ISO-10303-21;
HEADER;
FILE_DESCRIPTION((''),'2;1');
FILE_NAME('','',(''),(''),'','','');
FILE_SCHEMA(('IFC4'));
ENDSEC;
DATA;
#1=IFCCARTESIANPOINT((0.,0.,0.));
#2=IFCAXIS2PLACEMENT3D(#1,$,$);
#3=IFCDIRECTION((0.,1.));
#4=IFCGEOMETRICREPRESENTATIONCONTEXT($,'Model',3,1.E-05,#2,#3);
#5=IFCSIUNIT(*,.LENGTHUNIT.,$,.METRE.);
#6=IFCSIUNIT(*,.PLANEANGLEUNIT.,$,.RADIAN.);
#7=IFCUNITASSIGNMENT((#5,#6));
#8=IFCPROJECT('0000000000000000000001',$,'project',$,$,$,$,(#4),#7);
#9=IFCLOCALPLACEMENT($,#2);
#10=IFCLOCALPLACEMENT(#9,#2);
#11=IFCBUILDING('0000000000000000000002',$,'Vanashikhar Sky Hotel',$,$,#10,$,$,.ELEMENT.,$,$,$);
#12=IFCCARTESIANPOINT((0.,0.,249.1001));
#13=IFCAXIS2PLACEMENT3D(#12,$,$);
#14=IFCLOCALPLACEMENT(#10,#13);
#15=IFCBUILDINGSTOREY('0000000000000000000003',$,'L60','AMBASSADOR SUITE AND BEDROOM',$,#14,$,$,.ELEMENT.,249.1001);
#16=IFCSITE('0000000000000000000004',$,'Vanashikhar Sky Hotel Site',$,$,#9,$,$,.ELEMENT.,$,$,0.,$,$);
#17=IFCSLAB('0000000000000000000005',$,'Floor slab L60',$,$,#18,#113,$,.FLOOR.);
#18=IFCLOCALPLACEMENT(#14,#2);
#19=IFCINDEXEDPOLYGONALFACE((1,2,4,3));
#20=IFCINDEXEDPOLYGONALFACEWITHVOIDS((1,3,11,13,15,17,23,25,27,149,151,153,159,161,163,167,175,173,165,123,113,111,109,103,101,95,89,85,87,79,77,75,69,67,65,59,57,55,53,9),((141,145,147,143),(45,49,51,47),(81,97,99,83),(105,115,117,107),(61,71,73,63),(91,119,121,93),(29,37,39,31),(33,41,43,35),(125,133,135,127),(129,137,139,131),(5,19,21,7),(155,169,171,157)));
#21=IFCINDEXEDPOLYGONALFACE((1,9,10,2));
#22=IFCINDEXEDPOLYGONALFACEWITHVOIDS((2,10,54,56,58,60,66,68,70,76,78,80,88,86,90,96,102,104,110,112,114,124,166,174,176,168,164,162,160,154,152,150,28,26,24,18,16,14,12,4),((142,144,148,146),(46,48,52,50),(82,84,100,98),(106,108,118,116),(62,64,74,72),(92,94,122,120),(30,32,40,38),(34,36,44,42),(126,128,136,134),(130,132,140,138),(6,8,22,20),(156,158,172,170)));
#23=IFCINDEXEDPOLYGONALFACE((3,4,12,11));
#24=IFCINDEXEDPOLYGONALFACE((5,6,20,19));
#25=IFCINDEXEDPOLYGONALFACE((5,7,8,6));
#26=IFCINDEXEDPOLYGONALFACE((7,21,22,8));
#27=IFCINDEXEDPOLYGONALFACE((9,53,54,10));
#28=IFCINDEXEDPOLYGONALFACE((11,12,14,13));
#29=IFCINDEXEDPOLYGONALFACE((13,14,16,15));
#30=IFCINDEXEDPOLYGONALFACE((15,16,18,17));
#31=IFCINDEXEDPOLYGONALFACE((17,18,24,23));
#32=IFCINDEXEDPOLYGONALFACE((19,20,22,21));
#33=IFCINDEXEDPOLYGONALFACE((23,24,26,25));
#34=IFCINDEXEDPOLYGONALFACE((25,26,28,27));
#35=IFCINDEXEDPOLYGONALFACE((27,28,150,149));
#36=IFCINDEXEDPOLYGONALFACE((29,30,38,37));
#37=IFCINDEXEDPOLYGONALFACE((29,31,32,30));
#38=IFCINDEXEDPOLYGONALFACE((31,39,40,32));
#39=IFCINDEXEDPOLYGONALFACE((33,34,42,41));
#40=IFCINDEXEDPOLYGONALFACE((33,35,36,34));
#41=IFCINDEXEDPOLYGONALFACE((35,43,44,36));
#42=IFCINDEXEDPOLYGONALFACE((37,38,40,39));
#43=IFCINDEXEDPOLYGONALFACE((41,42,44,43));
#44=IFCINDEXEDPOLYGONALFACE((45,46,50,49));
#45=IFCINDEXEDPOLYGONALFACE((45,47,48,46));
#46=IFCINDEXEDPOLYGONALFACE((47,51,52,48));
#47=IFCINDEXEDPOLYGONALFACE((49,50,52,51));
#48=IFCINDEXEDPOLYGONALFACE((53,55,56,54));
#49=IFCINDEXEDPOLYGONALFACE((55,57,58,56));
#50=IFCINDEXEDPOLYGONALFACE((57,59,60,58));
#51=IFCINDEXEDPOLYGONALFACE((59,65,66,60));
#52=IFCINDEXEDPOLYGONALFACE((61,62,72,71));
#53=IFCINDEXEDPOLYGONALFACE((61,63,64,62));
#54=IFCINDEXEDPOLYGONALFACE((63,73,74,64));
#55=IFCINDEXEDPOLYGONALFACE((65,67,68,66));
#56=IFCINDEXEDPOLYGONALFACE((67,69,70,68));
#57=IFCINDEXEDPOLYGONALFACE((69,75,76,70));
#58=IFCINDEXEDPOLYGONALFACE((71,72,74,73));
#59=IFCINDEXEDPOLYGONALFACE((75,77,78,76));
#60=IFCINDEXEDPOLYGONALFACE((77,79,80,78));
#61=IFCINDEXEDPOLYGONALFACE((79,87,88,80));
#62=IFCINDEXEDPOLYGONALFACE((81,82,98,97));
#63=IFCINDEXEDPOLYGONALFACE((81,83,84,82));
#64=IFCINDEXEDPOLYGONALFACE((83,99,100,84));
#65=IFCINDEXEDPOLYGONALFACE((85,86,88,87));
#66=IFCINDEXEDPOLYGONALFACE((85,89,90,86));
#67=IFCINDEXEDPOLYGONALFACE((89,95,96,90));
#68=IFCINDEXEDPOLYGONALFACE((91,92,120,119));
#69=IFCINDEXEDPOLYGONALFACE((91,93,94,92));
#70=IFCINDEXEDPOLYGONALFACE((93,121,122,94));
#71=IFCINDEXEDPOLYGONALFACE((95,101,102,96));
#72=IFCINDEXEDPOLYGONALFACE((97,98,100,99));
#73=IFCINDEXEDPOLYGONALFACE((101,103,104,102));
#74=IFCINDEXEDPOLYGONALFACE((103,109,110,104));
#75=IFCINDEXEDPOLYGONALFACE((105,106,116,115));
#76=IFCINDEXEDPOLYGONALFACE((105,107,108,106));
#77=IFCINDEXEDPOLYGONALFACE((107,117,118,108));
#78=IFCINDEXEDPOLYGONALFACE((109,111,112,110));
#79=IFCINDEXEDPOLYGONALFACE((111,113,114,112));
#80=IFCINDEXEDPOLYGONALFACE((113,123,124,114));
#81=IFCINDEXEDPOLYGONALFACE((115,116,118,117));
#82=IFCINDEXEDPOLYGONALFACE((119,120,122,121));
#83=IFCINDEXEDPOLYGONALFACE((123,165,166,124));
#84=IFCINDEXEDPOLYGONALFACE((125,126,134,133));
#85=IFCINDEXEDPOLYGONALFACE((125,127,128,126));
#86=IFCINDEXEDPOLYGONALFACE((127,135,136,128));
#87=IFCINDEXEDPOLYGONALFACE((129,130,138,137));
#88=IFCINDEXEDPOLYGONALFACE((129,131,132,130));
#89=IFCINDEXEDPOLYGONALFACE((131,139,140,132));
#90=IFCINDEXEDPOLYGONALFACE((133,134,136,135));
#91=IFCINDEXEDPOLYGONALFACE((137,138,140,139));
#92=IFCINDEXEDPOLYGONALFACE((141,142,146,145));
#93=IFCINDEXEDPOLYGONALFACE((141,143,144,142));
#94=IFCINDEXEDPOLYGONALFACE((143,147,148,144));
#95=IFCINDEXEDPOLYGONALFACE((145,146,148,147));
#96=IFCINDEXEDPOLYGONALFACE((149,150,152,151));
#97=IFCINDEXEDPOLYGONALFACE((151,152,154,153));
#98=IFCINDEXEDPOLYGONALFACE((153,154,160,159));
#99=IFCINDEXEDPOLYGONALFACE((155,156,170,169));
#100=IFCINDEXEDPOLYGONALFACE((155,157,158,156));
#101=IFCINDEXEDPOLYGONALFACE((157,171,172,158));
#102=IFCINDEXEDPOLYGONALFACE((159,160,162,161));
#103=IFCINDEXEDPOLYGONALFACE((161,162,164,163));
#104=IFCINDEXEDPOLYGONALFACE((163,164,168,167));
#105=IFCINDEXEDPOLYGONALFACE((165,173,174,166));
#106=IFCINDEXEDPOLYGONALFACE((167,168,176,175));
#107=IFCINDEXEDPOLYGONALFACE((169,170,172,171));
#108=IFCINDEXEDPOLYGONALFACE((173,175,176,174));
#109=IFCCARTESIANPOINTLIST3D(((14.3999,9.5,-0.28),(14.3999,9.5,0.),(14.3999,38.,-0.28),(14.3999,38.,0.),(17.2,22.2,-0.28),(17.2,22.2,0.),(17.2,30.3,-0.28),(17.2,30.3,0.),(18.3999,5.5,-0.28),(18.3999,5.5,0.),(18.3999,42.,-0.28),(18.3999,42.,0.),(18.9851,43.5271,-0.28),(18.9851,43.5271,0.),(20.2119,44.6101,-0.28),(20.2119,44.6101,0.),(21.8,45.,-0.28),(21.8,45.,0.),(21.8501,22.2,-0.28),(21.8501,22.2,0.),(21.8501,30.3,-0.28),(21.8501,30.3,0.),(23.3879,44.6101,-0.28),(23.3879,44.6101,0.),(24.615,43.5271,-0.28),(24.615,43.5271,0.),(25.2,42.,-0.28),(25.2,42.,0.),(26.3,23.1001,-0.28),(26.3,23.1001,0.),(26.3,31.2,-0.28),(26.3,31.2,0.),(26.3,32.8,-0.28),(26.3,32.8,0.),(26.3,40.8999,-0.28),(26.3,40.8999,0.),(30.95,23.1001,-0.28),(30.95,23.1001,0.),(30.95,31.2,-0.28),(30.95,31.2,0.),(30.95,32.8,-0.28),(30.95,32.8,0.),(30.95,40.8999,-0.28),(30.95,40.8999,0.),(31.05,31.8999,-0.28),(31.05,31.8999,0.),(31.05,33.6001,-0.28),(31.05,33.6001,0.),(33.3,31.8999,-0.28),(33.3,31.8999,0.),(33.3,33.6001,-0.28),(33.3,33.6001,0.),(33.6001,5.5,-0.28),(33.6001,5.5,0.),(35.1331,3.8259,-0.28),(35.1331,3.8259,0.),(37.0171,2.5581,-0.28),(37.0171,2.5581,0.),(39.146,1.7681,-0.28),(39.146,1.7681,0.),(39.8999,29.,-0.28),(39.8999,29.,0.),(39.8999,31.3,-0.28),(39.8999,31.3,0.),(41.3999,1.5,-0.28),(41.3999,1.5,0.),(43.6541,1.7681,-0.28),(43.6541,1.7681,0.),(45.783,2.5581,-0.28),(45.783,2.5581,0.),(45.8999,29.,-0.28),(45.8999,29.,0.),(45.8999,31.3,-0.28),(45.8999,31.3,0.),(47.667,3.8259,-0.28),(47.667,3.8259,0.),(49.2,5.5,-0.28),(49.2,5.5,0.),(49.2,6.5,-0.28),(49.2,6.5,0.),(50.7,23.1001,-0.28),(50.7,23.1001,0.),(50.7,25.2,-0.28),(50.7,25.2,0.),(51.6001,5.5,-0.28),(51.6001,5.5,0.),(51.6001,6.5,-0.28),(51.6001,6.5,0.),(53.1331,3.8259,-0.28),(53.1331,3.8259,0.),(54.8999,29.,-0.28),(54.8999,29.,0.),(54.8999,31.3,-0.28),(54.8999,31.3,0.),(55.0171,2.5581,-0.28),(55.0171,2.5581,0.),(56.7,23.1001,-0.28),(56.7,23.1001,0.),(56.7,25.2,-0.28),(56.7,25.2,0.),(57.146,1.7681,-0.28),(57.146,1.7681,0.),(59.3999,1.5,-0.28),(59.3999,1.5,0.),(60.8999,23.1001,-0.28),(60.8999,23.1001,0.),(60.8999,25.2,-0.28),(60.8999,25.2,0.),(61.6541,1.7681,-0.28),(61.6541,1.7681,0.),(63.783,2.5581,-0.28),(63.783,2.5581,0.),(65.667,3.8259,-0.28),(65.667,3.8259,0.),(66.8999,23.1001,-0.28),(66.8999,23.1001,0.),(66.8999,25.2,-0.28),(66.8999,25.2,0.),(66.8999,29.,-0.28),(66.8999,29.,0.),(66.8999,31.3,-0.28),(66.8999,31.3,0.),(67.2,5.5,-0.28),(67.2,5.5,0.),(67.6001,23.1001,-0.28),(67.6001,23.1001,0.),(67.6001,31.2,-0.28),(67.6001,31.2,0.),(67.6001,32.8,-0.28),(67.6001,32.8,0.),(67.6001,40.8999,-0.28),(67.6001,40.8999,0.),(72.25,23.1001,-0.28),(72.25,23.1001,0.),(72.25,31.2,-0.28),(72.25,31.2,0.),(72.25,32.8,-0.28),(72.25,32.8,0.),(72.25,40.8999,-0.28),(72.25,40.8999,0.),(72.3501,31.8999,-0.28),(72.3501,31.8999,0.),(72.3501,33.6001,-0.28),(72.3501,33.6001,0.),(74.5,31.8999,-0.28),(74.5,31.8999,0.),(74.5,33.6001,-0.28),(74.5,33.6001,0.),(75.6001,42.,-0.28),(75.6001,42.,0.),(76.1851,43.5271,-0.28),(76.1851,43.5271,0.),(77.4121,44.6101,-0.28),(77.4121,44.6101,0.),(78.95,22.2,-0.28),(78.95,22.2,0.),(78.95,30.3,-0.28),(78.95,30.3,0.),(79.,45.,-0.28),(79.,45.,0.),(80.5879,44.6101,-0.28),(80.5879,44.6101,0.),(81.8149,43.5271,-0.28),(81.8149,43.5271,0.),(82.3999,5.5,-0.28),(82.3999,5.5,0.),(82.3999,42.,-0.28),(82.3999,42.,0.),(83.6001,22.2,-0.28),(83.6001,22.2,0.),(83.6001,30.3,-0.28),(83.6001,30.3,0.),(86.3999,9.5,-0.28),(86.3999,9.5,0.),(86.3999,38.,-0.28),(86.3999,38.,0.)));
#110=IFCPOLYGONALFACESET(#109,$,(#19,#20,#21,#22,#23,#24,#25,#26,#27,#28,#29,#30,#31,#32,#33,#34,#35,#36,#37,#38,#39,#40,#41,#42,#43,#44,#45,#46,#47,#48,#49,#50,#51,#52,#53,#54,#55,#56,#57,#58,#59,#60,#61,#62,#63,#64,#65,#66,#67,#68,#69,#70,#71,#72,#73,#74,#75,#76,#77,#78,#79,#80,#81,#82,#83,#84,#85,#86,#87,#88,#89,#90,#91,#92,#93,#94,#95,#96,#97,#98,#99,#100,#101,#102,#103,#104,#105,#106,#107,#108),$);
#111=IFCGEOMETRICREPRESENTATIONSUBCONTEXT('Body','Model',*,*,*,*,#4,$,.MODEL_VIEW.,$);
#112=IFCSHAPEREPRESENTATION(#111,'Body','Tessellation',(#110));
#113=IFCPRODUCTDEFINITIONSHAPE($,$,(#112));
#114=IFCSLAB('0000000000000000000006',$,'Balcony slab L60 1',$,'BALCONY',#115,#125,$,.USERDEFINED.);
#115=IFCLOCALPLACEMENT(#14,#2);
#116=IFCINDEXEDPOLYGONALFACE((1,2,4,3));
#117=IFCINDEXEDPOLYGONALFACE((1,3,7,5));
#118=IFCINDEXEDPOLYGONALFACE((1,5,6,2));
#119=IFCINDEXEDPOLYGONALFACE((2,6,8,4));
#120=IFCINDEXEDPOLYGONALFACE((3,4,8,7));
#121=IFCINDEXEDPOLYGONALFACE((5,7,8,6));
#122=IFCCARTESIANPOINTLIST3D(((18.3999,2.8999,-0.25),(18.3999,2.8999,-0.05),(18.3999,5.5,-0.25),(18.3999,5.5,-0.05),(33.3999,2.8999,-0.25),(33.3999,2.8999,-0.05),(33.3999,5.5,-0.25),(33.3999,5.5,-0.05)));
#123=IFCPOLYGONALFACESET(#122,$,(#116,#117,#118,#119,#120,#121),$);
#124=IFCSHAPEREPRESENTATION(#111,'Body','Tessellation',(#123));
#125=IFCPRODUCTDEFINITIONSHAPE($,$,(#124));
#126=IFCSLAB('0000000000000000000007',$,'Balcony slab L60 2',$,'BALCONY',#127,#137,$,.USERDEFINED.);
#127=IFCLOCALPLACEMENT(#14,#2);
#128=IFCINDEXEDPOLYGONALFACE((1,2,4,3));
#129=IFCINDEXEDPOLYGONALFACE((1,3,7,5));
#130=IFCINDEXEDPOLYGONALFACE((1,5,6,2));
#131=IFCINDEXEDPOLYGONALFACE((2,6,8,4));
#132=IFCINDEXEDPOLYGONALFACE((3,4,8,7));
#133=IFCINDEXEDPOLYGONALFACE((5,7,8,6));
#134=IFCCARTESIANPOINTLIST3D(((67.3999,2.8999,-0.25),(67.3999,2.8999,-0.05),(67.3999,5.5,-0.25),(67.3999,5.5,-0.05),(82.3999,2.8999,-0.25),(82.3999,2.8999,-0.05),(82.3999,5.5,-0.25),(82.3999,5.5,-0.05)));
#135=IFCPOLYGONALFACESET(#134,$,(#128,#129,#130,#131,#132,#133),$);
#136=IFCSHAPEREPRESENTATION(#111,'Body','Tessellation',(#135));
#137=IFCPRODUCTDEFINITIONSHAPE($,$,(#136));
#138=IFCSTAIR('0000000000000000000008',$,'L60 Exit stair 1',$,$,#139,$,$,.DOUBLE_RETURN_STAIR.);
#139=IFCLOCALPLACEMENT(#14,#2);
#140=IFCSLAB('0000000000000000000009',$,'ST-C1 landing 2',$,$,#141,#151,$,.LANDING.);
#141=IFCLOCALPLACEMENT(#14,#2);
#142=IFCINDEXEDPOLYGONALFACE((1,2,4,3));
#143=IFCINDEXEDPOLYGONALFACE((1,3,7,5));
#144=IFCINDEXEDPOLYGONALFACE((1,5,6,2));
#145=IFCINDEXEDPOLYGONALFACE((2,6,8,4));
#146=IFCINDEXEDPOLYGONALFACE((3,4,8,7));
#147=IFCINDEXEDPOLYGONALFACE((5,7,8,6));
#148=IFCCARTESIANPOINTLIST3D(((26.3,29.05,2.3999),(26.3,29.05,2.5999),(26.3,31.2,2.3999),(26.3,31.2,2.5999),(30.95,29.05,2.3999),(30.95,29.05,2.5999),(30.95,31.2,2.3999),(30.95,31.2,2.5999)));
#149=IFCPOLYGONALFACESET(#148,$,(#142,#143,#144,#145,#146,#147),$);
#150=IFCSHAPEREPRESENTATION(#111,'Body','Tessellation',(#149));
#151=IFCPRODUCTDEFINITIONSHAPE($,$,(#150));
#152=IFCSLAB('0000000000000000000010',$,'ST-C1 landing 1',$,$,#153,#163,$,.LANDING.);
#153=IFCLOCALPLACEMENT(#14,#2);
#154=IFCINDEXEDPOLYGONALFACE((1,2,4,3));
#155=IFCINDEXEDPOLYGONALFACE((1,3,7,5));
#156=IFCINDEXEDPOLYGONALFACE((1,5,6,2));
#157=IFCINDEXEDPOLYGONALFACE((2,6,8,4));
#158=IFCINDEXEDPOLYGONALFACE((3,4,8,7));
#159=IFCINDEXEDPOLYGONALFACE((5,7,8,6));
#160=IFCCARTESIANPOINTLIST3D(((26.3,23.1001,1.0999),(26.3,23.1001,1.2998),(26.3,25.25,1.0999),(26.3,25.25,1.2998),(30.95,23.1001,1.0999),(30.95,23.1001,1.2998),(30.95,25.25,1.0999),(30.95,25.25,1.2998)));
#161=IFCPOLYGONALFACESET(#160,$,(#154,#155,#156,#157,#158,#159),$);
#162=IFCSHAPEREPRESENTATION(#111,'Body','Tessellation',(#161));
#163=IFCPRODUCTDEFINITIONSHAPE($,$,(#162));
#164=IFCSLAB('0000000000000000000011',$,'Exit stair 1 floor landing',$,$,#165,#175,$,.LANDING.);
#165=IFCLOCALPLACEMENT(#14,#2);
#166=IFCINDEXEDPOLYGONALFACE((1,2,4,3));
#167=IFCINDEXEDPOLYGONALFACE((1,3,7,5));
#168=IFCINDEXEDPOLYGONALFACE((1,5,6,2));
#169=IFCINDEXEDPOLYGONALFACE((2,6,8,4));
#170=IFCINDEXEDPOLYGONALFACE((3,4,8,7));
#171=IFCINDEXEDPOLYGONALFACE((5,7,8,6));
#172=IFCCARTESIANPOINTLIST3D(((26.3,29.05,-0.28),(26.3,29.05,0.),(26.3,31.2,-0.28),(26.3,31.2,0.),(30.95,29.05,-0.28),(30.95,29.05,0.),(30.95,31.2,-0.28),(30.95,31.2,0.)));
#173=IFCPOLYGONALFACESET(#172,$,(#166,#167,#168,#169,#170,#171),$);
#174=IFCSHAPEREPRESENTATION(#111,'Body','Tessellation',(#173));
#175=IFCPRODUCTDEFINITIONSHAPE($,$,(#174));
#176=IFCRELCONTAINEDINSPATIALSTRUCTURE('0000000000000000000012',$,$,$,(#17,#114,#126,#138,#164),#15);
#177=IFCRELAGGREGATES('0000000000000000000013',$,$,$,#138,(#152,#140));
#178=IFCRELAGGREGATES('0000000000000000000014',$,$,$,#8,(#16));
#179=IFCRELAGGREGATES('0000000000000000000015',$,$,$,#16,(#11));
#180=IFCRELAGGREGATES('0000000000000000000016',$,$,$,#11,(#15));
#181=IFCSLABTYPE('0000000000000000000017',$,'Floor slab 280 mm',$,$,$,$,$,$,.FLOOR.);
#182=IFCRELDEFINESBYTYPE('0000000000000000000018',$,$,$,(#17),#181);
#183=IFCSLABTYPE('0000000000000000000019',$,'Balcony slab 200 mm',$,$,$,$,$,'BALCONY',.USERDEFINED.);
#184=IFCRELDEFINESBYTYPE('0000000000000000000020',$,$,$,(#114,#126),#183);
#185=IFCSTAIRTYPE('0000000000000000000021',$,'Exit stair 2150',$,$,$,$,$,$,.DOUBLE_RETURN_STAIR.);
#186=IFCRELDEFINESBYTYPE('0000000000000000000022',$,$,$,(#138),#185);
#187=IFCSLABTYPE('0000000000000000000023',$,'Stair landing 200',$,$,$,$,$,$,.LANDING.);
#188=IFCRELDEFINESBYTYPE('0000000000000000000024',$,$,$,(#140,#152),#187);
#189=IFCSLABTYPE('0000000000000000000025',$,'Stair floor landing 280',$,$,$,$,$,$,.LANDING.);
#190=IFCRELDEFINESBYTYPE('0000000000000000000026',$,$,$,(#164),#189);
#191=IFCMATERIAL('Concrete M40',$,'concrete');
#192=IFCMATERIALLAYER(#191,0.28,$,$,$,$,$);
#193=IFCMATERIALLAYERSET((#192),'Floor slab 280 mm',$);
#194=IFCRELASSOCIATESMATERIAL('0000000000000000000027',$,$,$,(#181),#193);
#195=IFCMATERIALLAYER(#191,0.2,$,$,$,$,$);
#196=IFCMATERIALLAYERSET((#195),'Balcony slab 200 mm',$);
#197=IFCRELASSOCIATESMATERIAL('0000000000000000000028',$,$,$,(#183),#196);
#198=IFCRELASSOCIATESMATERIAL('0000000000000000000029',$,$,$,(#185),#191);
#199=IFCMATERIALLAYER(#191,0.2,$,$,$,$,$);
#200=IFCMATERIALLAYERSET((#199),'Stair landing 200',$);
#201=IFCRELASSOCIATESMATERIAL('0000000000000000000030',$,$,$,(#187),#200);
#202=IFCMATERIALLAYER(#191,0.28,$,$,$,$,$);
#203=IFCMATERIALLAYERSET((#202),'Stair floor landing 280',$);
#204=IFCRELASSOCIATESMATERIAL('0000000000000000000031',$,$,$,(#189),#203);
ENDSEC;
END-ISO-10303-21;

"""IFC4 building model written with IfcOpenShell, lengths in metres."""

from ifc_helpers import new_model, si_unit, direction, frame, origin, place, context, subcontext, project, spatial, polyline, outline, extrude, source, transform, mapped, material, layer, layer_set, type_object, element, aggregate, save


model = new_model("IFC4")

# Units and contexts
model_context = context("Model", 3, precision=1e-05, world=origin(), true_north=direction((0.0, 1.0)))
body_context = subcontext(model_context, "Body", "Model", "MODEL_VIEW")
ifc_project = project(units=[si_unit("LENGTHUNIT", "METRE"), si_unit("PLANEANGLEUNIT", "RADIAN")], contexts=[model_context])

# Site, building, storey
site_placement = place(None, origin())
site = spatial("IfcSite", under=ifc_project, at=site_placement, Name="Vanashikhar Sky Hotel Site", CompositionType="ELEMENT", RefElevation=0.0)
building_placement = place(site_placement, origin())
building = spatial("IfcBuilding", under=site, at=building_placement, Name="Vanashikhar Sky Hotel", CompositionType="ELEMENT")
storey_placement = place(building_placement, frame((0.0, 0.0, 249.1001)))
storey = spatial("IfcBuildingStorey", under=building, at=storey_placement, Name="L60", Description="AMBASSADOR SUITE AND BEDROOM", CompositionType="ELEMENT", Elevation=249.1001)

# Slabs
ifc_material = material(Name="Concrete M40", Category="concrete")
ifc_layer_1 = layer(ifc_material, 0.28)
ifc_layer_set_1 = layer_set([ifc_layer_1], Name="Floor slab 280 mm")
slab_type_1 = type_object("IfcSlabType", Name="Floor slab 280 mm", PredefinedType="FLOOR", material=ifc_layer_set_1)
shared_shape_1 = source(origin(), body_context, "Body", "SweptSolid", [
    extrude(outline(polyline([(49.2, 5.5), (49.2, 6.5), (51.6001, 6.5), (51.6001, 5.5), (53.1331, 3.8259), (55.0171, 2.5581), (57.146, 1.7681), (59.3999, 1.5), (61.6541, 1.7681), (63.783, 2.5581), (65.667, 3.8259), (67.2, 5.5), (82.3999, 5.5), (86.3999, 9.5), (86.3999, 38.0), (82.3999, 42.0), (81.8149, 43.5271), (80.5879, 44.6101), (79.0, 45.0), (77.4121, 44.6101), (76.1851, 43.5271), (75.6001, 42.0), (25.2, 42.0), (24.615, 43.5271), (23.3879, 44.6101), (21.8, 45.0), (20.2119, 44.6101), (18.9851, 43.5271), (18.3999, 42.0), (14.3999, 38.0), (14.3999, 9.5), (18.3999, 5.5), (33.6001, 5.5), (35.1331, 3.8259), (37.0171, 2.5581), (39.146, 1.7681), (41.3999, 1.5), (43.6541, 1.7681), (45.783, 2.5581), (47.667, 3.8259), (49.2, 5.5)]), holes=[polyline([(33.3, 33.6001), (31.05, 33.6001), (31.05, 31.8999), (33.3, 31.8999), (33.3, 33.6001)]), polyline([(39.8999, 31.3), (39.8999, 29.0), (45.8999, 29.0), (45.8999, 31.3), (39.8999, 31.3)]), polyline([(50.7, 25.2), (50.7, 23.1001), (56.7, 23.1001), (56.7, 25.2), (50.7, 25.2)]), polyline([(66.8999, 29.0), (66.8999, 31.3), (54.8999, 31.3), (54.8999, 29.0), (66.8999, 29.0)]), polyline([(60.8999, 25.2), (60.8999, 23.1001), (66.8999, 23.1001), (66.8999, 25.2), (60.8999, 25.2)]), polyline([(74.5, 33.6001), (72.3501, 33.6001), (72.3501, 31.8999), (74.5, 31.8999), (74.5, 33.6001)]), polyline([(30.95, 23.1001), (30.95, 31.2), (26.3, 31.2), (26.3, 23.1001), (30.95, 23.1001)]), polyline([(72.25, 23.1001), (72.25, 31.2), (67.6001, 31.2), (67.6001, 23.1001), (72.25, 23.1001)]), polyline([(30.95, 32.8), (30.95, 40.8999), (26.3, 40.8999), (26.3, 32.8), (30.95, 32.8)]), polyline([(72.25, 32.8), (72.25, 40.8999), (67.6001, 40.8999), (67.6001, 32.8), (72.25, 32.8)]), polyline([(83.6001, 22.2), (83.6001, 30.3), (78.95, 30.3), (78.95, 22.2), (83.6001, 22.2)]), polyline([(21.8501, 22.2), (21.8501, 30.3), (17.2, 30.3), (17.2, 22.2), (21.8501, 22.2)])]), origin(), (0.0, 0.0, 1.0), 0.28),
])
slab_1_placement = place(storey_placement, frame((0.0, 0.0, -0.28)))
element("IfcSlab", 1, at=slab_1_placement, inside=storey, type_object=slab_type_1, Name="Floor slab L60", PredefinedType="FLOOR", context=body_context, shape_type="MappedRepresentation", body=[
    mapped(shared_shape_1, transform((0.0, 0.0, 0.0), scale=1.0)),
])
ifc_layer_2 = layer(ifc_material, 0.2)
ifc_layer_set_2 = layer_set([ifc_layer_2], Name="Balcony slab 200 mm")
slab_type_2 = type_object("IfcSlabType", Name="Balcony slab 200 mm", ElementType="BALCONY", PredefinedType="USERDEFINED", material=ifc_layer_set_2)
shared_shape_2 = source(origin(), body_context, "Body", "SweptSolid", [
    extrude(outline(polyline([(18.3999, 2.8999), (33.3999, 2.8999), (33.3999, 5.5), (18.3999, 5.5), (18.3999, 2.8999)])), origin(), (0.0, 0.0, 1.0), 0.2),
])
slab_2_placement = place(storey_placement, frame((0.0, 0.0, -0.25)))
element("IfcSlab", 2, at=slab_2_placement, inside=storey, type_object=slab_type_2, Name="Balcony slab L60 1", ObjectType="BALCONY", PredefinedType="USERDEFINED", context=body_context, shape_type="MappedRepresentation", body=[
    mapped(shared_shape_2, transform((0.0, 0.0, 0.0), scale=1.0)),
])
shared_shape_3 = source(origin(), body_context, "Body", "SweptSolid", [
    extrude(outline(polyline([(67.3999, 2.8999), (82.3999, 2.8999), (82.3999, 5.5), (67.3999, 5.5), (67.3999, 2.8999)])), origin(), (0.0, 0.0, 1.0), 0.2),
])
slab_3_placement = place(storey_placement, frame((0.0, 0.0, -0.25)))
element("IfcSlab", 3, at=slab_3_placement, inside=storey, type_object=slab_type_2, Name="Balcony slab L60 2", ObjectType="BALCONY", PredefinedType="USERDEFINED", context=body_context, shape_type="MappedRepresentation", body=[
    mapped(shared_shape_3, transform((0.0, 0.0, 0.0), scale=1.0)),
])

# Stair, slabs
stair_type = type_object("IfcStairType", Name="Exit stair 2150", PredefinedType="DOUBLE_RETURN_STAIR", material=ifc_material)
stair_1_placement = place(storey_placement, origin())
stair_1 = element("IfcStair", 4, at=stair_1_placement, inside=storey, type_object=stair_type, Name="L60 Exit stair 1", PredefinedType="DOUBLE_RETURN_STAIR")
ifc_layer_3 = layer(ifc_material, 0.2)
ifc_layer_set_3 = layer_set([ifc_layer_3], Name="Stair landing 200")
slab_type_3 = type_object("IfcSlabType", Name="Stair landing 200", PredefinedType="LANDING", material=ifc_layer_set_3)
shared_shape_4 = source(origin(), body_context, "Body", "SweptSolid", [
    extrude(outline(polyline([(30.95, 29.05), (30.95, 31.2), (26.3, 31.2), (26.3, 29.05), (30.95, 29.05)])), origin(), (0.0, 0.0, 1.0), 0.2),
])
slab_4_placement = place(storey_placement, frame((0.0, 0.0, 2.3999)))
slab_4 = element("IfcSlab", 5, at=slab_4_placement, type_object=slab_type_3, Name="ST-C1 landing 2", PredefinedType="LANDING", context=body_context, shape_type="MappedRepresentation", body=[
    mapped(shared_shape_4, transform((0.0, 0.0, 0.0), scale=1.0)),
])
shared_shape_5 = source(origin(), body_context, "Body", "SweptSolid", [
    extrude(outline(polyline([(30.95, 23.1001), (30.95, 25.25), (26.3, 25.25), (26.3, 23.1001), (30.95, 23.1001)])), origin(), (0.0, 0.0, 1.0), 0.2),
])
slab_5_placement = place(storey_placement, frame((0.0, 0.0, 1.0999)))
slab_5 = element("IfcSlab", 6, at=slab_5_placement, type_object=slab_type_3, Name="ST-C1 landing 1", PredefinedType="LANDING", context=body_context, shape_type="MappedRepresentation", body=[
    mapped(shared_shape_5, transform((0.0, 0.0, 0.0), scale=1.0)),
])
aggregate(stair_1, [slab_5, slab_4])

# Slab
ifc_layer_4 = layer(ifc_material, 0.28)
ifc_layer_set_4 = layer_set([ifc_layer_4], Name="Stair floor landing 280")
slab_type_4 = type_object("IfcSlabType", Name="Stair floor landing 280", PredefinedType="LANDING", material=ifc_layer_set_4)
shared_shape_6 = source(origin(), body_context, "Body", "SweptSolid", [
    extrude(outline(polyline([(30.95, 29.05), (30.95, 31.2), (26.3, 31.2), (26.3, 29.05), (30.95, 29.05)])), origin(), (0.0, 0.0, 1.0), 0.28),
])
slab_6_placement = place(storey_placement, frame((0.0, 0.0, -0.28)))
element("IfcSlab", 7, at=slab_6_placement, inside=storey, type_object=slab_type_4, Name="Exit stair 1 floor landing", PredefinedType="LANDING", context=body_context, shape_type="MappedRepresentation", body=[
    mapped(shared_shape_6, transform((0.0, 0.0, 0.0), scale=1.0)),
])

save(model, "model.ifc")
